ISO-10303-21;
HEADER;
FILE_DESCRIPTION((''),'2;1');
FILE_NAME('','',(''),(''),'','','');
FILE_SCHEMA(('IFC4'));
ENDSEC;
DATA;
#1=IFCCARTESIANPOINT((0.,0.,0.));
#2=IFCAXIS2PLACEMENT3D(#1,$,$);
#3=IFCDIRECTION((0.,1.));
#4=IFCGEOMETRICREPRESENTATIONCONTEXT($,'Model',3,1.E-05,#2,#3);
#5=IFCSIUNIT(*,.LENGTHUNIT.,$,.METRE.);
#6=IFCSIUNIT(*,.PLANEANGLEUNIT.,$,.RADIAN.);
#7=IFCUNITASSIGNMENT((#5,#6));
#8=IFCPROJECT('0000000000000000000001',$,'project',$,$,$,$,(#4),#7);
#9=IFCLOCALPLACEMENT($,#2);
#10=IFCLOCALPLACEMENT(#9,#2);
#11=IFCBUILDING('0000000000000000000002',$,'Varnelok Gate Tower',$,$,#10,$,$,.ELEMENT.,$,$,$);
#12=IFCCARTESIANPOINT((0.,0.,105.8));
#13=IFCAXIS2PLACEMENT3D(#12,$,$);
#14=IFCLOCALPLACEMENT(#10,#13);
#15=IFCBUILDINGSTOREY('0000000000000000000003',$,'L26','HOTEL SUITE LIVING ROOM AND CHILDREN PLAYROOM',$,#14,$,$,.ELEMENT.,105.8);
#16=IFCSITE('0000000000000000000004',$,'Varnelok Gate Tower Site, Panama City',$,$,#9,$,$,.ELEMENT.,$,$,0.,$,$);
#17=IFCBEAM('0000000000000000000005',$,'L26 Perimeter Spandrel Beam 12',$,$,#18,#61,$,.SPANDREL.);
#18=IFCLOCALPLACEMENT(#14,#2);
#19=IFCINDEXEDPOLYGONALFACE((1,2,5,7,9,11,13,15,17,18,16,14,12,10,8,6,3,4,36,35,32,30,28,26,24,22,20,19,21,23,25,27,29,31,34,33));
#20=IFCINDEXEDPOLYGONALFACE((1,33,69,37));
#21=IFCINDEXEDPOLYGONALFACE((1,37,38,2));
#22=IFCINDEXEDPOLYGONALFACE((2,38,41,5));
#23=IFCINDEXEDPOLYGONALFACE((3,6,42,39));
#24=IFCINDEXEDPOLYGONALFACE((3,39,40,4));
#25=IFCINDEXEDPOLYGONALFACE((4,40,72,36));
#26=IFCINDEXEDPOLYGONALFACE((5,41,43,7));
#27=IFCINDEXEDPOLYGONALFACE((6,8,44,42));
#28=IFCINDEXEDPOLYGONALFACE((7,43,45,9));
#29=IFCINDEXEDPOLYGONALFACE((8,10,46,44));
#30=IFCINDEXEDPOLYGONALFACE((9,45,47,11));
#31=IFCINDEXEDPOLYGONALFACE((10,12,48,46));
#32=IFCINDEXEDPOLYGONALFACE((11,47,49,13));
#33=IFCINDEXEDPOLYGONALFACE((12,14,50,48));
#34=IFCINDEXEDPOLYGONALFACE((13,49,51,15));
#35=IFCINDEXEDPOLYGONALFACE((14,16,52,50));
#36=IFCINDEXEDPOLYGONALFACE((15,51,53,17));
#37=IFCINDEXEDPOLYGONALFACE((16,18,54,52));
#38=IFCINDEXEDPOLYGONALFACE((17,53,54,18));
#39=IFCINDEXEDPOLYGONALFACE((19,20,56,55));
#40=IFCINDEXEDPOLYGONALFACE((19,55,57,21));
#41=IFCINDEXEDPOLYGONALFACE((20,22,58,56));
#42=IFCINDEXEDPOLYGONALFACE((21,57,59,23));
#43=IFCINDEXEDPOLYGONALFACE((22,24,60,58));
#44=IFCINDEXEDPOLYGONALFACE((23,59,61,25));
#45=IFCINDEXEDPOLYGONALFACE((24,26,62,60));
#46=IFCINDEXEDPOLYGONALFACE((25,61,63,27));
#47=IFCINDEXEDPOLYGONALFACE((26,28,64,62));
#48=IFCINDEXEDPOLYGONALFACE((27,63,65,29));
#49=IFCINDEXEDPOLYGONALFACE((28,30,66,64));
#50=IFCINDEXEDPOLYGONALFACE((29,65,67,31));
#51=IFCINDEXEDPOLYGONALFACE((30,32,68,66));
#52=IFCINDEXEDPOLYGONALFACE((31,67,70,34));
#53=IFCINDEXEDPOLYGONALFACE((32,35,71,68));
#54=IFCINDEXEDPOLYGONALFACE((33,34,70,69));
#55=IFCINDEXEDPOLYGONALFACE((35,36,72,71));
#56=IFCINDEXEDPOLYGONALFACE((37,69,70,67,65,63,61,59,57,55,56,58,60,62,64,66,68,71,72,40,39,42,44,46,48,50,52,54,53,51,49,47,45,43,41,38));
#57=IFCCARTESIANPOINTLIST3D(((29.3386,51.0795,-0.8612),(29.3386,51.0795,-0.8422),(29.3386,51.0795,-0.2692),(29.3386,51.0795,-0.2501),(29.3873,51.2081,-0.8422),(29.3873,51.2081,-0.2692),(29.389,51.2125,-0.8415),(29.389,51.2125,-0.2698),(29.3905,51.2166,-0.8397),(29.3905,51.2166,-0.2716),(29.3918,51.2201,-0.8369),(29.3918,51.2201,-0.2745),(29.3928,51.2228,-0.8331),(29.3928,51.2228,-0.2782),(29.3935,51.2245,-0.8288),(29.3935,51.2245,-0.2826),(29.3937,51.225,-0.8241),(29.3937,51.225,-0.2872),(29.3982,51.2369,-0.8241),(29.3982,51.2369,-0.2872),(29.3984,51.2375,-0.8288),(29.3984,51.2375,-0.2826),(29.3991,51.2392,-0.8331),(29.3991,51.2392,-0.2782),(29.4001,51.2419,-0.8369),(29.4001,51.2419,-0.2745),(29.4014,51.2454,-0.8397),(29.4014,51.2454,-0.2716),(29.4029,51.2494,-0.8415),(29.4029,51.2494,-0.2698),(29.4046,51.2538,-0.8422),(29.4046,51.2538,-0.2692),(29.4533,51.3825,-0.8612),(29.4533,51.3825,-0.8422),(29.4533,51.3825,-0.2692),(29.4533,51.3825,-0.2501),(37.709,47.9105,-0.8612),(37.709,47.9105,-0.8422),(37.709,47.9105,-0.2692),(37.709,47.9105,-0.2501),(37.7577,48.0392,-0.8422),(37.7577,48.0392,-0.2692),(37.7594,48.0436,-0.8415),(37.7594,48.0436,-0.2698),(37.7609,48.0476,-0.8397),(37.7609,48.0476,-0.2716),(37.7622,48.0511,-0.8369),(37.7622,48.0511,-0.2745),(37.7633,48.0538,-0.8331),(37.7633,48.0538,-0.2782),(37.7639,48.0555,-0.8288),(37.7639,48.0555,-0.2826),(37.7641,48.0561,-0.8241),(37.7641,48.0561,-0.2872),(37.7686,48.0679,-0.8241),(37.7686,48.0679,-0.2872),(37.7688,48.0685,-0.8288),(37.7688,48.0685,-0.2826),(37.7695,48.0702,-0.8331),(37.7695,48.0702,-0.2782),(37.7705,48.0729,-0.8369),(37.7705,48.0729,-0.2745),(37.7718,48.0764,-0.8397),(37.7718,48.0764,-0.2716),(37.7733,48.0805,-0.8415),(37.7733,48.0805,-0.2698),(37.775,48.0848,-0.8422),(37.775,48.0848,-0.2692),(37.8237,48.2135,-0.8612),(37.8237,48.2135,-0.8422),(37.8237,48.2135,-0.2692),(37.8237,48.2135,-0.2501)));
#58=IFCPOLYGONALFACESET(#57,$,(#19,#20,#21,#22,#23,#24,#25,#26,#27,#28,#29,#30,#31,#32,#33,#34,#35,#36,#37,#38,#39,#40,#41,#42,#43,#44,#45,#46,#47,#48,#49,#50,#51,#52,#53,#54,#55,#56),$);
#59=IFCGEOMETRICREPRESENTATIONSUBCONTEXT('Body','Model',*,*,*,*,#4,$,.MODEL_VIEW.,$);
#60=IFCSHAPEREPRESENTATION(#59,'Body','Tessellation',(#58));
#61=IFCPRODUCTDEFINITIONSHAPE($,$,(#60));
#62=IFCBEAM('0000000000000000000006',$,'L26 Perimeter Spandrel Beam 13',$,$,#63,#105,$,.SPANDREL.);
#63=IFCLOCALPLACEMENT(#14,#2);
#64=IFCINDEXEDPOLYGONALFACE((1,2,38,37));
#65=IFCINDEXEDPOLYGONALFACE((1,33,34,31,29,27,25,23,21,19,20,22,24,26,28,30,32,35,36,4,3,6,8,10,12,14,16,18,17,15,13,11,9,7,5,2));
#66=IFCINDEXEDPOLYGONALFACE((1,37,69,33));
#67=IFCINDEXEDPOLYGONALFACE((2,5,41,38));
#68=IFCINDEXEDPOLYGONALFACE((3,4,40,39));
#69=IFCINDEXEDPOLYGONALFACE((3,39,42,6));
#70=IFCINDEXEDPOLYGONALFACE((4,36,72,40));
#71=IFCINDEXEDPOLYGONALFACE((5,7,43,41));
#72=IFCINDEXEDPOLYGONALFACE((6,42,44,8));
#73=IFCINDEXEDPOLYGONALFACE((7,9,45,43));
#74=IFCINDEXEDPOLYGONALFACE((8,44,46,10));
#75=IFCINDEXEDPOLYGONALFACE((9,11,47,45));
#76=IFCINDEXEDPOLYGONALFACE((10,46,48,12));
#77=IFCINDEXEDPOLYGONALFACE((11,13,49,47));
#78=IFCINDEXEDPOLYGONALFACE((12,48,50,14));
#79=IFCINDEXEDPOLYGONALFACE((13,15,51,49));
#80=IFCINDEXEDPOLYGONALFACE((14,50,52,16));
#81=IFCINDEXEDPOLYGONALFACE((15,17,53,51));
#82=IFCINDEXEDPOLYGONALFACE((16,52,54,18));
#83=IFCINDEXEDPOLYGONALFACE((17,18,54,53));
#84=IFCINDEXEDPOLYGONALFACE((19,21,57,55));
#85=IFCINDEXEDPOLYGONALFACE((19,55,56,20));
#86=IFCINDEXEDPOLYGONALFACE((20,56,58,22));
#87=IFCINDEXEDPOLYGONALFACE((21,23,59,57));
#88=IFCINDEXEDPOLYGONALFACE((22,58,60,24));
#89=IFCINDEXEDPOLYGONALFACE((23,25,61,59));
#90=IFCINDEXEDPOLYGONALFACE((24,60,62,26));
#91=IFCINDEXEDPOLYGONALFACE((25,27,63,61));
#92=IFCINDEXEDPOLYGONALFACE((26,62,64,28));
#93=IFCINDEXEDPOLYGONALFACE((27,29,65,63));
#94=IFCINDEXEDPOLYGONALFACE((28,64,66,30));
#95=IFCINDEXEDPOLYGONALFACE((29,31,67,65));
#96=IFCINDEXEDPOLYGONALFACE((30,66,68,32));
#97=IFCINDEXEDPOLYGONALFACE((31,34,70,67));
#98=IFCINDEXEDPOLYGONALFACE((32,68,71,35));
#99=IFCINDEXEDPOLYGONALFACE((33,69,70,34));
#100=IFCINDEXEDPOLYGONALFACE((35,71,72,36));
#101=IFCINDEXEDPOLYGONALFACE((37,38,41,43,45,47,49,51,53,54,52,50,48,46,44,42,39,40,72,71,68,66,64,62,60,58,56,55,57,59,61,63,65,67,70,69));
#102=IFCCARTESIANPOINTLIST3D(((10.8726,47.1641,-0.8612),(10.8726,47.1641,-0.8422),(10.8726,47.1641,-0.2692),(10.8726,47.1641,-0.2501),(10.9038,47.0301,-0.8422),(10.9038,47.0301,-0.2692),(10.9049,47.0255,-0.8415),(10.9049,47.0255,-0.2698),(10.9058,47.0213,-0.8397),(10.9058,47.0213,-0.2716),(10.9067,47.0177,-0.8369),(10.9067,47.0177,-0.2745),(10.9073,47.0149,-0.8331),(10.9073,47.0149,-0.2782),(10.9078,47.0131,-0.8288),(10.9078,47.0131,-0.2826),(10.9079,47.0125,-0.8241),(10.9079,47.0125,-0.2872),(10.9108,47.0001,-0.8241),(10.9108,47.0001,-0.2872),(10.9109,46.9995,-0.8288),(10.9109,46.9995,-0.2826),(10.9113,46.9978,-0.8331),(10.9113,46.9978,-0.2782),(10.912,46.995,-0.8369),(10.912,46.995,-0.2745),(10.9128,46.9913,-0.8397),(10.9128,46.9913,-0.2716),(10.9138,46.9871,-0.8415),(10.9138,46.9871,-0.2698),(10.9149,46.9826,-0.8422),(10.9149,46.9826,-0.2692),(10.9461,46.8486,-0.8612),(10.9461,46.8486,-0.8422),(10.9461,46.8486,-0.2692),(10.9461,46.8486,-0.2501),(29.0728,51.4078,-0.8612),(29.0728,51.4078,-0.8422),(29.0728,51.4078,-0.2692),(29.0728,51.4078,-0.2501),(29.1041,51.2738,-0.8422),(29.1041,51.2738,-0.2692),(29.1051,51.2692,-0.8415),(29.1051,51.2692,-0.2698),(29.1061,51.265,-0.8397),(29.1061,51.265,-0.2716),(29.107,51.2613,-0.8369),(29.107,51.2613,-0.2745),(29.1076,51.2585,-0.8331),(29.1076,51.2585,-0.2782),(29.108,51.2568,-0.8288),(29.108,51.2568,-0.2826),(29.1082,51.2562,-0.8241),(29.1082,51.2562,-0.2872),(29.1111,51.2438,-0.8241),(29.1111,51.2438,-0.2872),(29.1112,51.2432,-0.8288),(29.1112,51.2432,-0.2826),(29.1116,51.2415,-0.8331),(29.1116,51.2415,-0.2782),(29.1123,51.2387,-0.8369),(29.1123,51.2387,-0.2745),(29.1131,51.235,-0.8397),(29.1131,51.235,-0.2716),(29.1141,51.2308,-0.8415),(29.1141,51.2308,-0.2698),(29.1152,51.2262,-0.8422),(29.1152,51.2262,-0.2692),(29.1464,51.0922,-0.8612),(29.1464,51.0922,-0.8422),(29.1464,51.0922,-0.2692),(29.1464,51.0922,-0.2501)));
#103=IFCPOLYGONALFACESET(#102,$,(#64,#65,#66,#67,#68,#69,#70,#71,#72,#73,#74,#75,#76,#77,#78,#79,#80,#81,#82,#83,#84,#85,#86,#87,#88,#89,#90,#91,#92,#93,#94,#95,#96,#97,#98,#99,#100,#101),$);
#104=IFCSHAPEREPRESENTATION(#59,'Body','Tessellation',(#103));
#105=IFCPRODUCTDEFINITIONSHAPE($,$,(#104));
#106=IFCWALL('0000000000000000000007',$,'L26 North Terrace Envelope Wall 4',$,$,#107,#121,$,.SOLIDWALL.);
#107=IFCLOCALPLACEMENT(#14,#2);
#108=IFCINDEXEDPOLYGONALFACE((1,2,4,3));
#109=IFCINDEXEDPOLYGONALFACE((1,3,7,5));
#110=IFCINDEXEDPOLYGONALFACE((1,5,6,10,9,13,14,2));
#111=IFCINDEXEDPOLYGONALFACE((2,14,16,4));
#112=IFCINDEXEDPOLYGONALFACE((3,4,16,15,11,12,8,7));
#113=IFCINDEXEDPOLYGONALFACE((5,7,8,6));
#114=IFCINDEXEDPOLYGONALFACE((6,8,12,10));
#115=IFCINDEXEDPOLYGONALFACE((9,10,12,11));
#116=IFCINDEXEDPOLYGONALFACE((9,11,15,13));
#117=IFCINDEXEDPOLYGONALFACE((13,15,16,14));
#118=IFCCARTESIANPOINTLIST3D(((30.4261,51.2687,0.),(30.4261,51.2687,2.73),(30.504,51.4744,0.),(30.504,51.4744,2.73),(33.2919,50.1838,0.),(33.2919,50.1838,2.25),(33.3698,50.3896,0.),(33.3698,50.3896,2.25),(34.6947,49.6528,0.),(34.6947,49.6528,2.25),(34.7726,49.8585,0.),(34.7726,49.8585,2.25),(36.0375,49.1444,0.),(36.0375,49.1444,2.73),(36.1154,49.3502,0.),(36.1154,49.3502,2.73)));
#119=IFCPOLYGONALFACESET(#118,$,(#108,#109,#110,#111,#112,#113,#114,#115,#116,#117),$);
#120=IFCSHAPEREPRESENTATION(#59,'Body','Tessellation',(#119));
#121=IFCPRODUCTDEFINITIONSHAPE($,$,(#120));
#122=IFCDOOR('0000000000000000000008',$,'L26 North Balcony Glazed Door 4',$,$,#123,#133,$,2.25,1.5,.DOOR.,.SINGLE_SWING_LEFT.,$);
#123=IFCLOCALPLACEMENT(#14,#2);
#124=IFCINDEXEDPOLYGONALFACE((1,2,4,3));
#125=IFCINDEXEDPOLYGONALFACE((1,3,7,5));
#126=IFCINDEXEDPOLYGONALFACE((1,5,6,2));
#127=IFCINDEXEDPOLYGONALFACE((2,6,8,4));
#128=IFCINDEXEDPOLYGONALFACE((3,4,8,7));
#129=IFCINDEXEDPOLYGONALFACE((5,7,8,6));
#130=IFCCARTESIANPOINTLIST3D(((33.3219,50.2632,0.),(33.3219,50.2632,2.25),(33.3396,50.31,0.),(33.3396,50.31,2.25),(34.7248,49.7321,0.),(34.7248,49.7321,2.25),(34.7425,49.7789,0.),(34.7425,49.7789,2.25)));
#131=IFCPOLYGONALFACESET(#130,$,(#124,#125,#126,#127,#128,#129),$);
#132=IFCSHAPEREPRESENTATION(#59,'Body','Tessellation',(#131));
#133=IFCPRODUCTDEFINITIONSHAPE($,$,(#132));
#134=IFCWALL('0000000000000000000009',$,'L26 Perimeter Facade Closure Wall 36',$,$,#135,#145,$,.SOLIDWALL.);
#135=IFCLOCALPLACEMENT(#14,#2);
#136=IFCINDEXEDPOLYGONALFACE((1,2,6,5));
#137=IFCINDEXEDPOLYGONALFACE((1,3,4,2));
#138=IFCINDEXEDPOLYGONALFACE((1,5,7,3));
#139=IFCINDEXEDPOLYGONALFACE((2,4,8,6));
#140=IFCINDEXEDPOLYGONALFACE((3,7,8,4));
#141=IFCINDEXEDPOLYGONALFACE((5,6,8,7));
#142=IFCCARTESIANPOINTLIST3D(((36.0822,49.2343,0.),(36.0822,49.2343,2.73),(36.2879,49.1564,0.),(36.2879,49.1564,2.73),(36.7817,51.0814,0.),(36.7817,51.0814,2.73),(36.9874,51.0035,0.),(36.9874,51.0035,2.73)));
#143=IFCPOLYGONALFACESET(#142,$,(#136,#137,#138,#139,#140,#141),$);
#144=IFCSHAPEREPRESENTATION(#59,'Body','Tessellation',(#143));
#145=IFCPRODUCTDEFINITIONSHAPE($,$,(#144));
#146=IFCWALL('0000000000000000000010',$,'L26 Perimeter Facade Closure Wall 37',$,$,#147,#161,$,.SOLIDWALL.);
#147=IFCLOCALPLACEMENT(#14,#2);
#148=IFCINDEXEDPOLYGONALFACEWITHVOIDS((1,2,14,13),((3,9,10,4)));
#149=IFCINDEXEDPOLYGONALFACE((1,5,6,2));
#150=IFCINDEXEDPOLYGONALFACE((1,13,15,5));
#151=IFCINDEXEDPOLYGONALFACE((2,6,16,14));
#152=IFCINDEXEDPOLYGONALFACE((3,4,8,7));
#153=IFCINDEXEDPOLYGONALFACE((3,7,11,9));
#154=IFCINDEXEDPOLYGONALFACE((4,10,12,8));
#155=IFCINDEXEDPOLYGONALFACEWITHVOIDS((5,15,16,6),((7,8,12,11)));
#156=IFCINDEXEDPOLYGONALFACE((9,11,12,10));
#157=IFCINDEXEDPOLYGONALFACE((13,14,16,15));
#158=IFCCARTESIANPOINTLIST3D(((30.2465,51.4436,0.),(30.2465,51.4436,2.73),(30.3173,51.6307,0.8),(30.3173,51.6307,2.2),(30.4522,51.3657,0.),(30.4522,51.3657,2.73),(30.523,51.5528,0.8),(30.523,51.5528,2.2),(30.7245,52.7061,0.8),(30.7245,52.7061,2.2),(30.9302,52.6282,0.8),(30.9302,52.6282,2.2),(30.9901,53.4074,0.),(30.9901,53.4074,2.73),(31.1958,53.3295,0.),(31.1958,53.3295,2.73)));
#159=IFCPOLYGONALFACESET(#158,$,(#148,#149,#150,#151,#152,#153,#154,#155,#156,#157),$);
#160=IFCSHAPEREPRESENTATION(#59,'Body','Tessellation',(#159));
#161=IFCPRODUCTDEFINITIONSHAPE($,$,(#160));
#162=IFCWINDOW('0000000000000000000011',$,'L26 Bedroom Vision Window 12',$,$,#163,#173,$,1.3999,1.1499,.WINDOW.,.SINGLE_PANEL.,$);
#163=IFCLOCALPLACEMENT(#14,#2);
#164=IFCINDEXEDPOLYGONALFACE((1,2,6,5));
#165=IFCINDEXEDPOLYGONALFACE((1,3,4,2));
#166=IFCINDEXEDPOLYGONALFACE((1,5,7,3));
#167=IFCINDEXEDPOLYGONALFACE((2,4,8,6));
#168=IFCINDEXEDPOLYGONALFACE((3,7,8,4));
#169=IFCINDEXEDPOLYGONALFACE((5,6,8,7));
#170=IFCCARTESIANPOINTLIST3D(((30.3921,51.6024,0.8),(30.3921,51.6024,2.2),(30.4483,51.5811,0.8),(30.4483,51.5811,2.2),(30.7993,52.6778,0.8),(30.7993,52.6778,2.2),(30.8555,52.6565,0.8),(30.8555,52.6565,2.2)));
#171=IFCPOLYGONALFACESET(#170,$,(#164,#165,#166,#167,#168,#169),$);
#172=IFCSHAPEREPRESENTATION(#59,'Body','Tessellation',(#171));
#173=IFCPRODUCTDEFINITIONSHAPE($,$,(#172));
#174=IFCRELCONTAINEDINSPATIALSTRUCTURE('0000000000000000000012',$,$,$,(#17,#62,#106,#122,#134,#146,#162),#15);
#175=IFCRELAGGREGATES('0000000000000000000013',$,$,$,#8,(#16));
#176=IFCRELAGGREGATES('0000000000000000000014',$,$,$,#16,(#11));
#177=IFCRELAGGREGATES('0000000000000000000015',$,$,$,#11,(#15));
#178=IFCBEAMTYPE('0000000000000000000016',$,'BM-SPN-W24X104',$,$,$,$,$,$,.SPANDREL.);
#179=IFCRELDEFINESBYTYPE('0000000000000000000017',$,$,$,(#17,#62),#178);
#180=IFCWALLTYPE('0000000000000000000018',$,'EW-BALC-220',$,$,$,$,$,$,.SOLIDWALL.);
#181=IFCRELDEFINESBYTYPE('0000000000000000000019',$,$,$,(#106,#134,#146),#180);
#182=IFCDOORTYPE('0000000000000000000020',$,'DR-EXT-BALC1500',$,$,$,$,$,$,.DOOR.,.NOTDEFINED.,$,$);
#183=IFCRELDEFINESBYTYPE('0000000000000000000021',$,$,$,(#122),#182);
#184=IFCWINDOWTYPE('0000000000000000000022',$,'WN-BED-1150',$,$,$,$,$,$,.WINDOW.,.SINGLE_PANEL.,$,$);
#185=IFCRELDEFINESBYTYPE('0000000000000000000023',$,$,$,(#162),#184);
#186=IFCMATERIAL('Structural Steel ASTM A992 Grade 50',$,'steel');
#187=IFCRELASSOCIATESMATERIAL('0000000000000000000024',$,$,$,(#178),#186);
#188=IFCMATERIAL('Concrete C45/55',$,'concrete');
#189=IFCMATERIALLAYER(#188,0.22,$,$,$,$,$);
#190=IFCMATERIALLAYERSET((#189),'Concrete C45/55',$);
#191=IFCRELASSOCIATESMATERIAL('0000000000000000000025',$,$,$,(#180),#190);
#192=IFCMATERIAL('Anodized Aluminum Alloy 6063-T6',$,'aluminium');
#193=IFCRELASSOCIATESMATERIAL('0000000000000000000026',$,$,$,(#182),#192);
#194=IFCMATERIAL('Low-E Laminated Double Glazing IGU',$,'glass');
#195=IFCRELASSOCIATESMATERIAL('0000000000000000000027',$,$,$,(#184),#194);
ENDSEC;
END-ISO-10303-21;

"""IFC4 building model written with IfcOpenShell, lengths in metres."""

from ifc_helpers import new_model, si_unit, direction, frame, frame_2d, origin, origin_2d, place, context, subcontext, project, spatial, rectangle, i_section, extrude, material, layer, layer_set, material_profile, profile_set, type_object, element, fill, save


model = new_model("IFC4")

# Units and contexts
model_context = context("Model", 3, precision=1e-05, world=origin(), true_north=direction((0.0, 1.0)))
body_context = subcontext(model_context, "Body", "Model", "MODEL_VIEW")
ifc_project = project(units=[si_unit("LENGTHUNIT", "METRE"), si_unit("PLANEANGLEUNIT", "RADIAN")], contexts=[model_context])

# Site, building, storey
site_placement = place(None, origin())
site = spatial("IfcSite", under=ifc_project, at=site_placement, Name="Varnelok Gate Tower Site, Panama City", CompositionType="ELEMENT", RefElevation=0.0)
building_placement = place(site_placement, origin())
building = spatial("IfcBuilding", under=site, at=building_placement, Name="Varnelok Gate Tower", CompositionType="ELEMENT")
storey_placement = place(building_placement, frame((0.0, 0.0, 105.8)))
storey = spatial("IfcBuildingStorey", under=building, at=storey_placement, Name="L26", Description="HOTEL SUITE LIVING ROOM AND CHILDREN PLAYROOM", CompositionType="ELEMENT", Elevation=105.8)

# Shared definitions
ifc_material_1 = material(Name="Structural Steel ASTM A992 Grade 50", Category="steel")

# Beams
ifc_material_profile_1 = material_profile(ifc_material_1, i_section(OverallWidth=0.324, OverallDepth=0.6111, WebThickness=0.0127, FlangeThickness=0.019, FilletRadius=0.0181, at=origin_2d()), Name="W24X104")
ifc_profile_set_1 = profile_set([ifc_material_profile_1], Name="Structural Steel ASTM A992 Grade 50")
beam_type_1 = type_object("IfcBeamType", Name="BM-SPN-W24X104", PredefinedType="SPANDREL", material=ifc_profile_set_1)
beam_1_placement = place(storey_placement, frame((37.7664, 48.062, -0.5557), z_axis=(-0.93522, 0.354066, 0.0), x_axis=(-0.354066, -0.93522, 0.0)))
element("IfcBeam", 1, at=beam_1_placement, inside=storey, type_object=beam_type_1, Name="L26 Perimeter Spandrel Beam 12", PredefinedType="SPANDREL", context=body_context, shape_type="SweptSolid", body=[
    extrude(i_section(OverallWidth=0.324, OverallDepth=0.6111, WebThickness=0.0127, FlangeThickness=0.019, FilletRadius=0.0181, at=origin_2d()), origin(), (0.0, 0.0, 1.0), 8.9502),
])
beam_2_placement = place(storey_placement, frame((29.1096, 51.25, -0.5557), z_axis=(-0.973877, -0.227074, 0.0), x_axis=(0.227074, -0.973877, 0.0)))
element("IfcBeam", 2, at=beam_2_placement, inside=storey, type_object=beam_type_1, Name="L26 Perimeter Spandrel Beam 13", PredefinedType="SPANDREL", context=body_context, shape_type="SweptSolid", body=[
    extrude(i_section(OverallWidth=0.324, OverallDepth=0.6111, WebThickness=0.0127, FlangeThickness=0.019, FilletRadius=0.0181, at=origin_2d()), origin(), (0.0, 0.0, 1.0), 18.6885),
])

# Wall, opening, door
ifc_material_2 = material(Name="Concrete C45/55", Category="concrete")
ifc_layer_1 = layer(ifc_material_2, 0.22)
ifc_layer_set_1 = layer_set([ifc_layer_1], Name="Concrete C45/55")
wall_type_1 = type_object("IfcWallType", Name="EW-BALC-220", PredefinedType="SOLIDWALL", material=ifc_layer_set_1)
wall_1_placement = place(storey_placement, frame((30.4651, 51.3716, 0.0), z_axis=(0.0, 0.0, 1.0), x_axis=(0.935228, -0.354047, 0.0)))
wall_1 = element("IfcWall", 3, at=wall_1_placement, inside=storey, type_object=wall_type_1, Name="L26 North Terrace Envelope Wall 4", PredefinedType="SOLIDWALL", context=body_context, shape_type="SweptSolid", body=[
    extrude(rectangle(XDim=6.0, YDim=0.22, at=frame_2d((3.0, 0.0))), origin(), (0.0, 0.0, 1.0), 2.73),
])
opening_1_placement = place(wall_1_placement, frame((3.0642, 0.0, 0.0)))
opening_1 = element("IfcOpeningElement", 4, at=opening_1_placement, cuts=wall_1, PredefinedType="OPENING", context=body_context, shape_type="SweptSolid", body=[
    extrude(rectangle(XDim=1.5, YDim=2.25, at=frame_2d((0.75, 1.125))), frame((0.0, 0.1199, 0.0), z_axis=(0.0, -1.0, 0.0), x_axis=(1.0, 0.0, 0.0)), (0.0, 0.0, 1.0), 0.24),
])
ifc_material_3 = material(Name="Anodized Aluminum Alloy 6063-T6", Category="aluminium")
door_type_1 = type_object("IfcDoorType", Name="DR-EXT-BALC1500", OperationType="NOTDEFINED", PredefinedType="DOOR", material=ifc_material_3)
door_1_placement = place(opening_1_placement, origin())
door_1 = element("IfcDoor", 5, at=door_1_placement, inside=storey, type_object=door_type_1, Name="L26 North Balcony Glazed Door 4", OperationType="SINGLE_SWING_LEFT", OverallHeight=2.25, OverallWidth=1.5, PredefinedType="DOOR", context=body_context, shape_type="SweptSolid", body=[
    extrude(rectangle(XDim=1.5, YDim=2.25, at=frame_2d((0.75, 1.125))), frame((0.0, 0.0249, 0.0), z_axis=(0.0, -1.0, 0.0), x_axis=(1.0, 0.0, 0.0)), (0.0, 0.0, 1.0), 0.05),
])
fill(opening_1, door_1)

# Wall
wall_2_placement = place(storey_placement, frame((36.8845, 51.0425, 0.0), z_axis=(0.0, 0.0, 1.0), x_axis=(-0.354129, -0.935197, 0.0)))
element("IfcWall", 6, at=wall_2_placement, inside=storey, type_object=wall_type_1, Name="L26 Perimeter Facade Closure Wall 36", PredefinedType="SOLIDWALL", context=body_context, shape_type="SweptSolid", body=[
    extrude(rectangle(XDim=1.9751, YDim=0.22, at=frame_2d((0.9875, 0.0))), origin(), (0.0, 0.0, 1.0), 2.73),
])

# Wall, opening, window
wall_3_placement = place(storey_placement, frame((30.3494, 51.4048, 0.0), z_axis=(0.0, 0.0, 1.0), x_axis=(0.354128, 0.935197, 0.0)))
wall_3 = element("IfcWall", 7, at=wall_3_placement, inside=storey, type_object=wall_type_1, Name="L26 Perimeter Facade Closure Wall 37", PredefinedType="SOLIDWALL", context=body_context, shape_type="SweptSolid", body=[
    extrude(rectangle(XDim=2.0999, YDim=0.22, at=frame_2d((1.0498, 0.0))), origin(), (0.0, 0.0, 1.0), 2.73),
])
opening_2_placement = place(wall_3_placement, frame((0.2, 0.0, 0.8)))
opening_2 = element("IfcOpeningElement", 8, at=opening_2_placement, cuts=wall_3, PredefinedType="OPENING", context=body_context, shape_type="SweptSolid", body=[
    extrude(rectangle(XDim=1.1499, YDim=1.3999, at=frame_2d((0.575, 0.7))), frame((0.0, 0.1199, 0.0), z_axis=(0.0, -1.0, 0.0), x_axis=(1.0, 0.0, 0.0)), (0.0, 0.0, 1.0), 0.24),
])
ifc_material_4 = material(Name="Low-E Laminated Double Glazing IGU", Category="glass")
window_type_1 = type_object("IfcWindowType", Name="WN-BED-1150", PartitioningType="SINGLE_PANEL", PredefinedType="WINDOW", material=ifc_material_4)
window_1_placement = place(opening_2_placement, origin())
window_1 = element("IfcWindow", 9, at=window_1_placement, inside=storey, type_object=window_type_1, Name="L26 Bedroom Vision Window 12", OverallHeight=1.3999, OverallWidth=1.1499, PartitioningType="SINGLE_PANEL", PredefinedType="WINDOW", context=body_context, shape_type="SweptSolid", body=[
    extrude(rectangle(XDim=1.1499, YDim=1.3999, at=frame_2d((0.575, 0.7))), frame((0.0, 0.03, 0.0), z_axis=(0.0, -1.0, 0.0), x_axis=(1.0, 0.0, 0.0)), (0.0, 0.0, 1.0), 0.0601),
])
fill(opening_2, window_1)

save(model, "model.ifc")
